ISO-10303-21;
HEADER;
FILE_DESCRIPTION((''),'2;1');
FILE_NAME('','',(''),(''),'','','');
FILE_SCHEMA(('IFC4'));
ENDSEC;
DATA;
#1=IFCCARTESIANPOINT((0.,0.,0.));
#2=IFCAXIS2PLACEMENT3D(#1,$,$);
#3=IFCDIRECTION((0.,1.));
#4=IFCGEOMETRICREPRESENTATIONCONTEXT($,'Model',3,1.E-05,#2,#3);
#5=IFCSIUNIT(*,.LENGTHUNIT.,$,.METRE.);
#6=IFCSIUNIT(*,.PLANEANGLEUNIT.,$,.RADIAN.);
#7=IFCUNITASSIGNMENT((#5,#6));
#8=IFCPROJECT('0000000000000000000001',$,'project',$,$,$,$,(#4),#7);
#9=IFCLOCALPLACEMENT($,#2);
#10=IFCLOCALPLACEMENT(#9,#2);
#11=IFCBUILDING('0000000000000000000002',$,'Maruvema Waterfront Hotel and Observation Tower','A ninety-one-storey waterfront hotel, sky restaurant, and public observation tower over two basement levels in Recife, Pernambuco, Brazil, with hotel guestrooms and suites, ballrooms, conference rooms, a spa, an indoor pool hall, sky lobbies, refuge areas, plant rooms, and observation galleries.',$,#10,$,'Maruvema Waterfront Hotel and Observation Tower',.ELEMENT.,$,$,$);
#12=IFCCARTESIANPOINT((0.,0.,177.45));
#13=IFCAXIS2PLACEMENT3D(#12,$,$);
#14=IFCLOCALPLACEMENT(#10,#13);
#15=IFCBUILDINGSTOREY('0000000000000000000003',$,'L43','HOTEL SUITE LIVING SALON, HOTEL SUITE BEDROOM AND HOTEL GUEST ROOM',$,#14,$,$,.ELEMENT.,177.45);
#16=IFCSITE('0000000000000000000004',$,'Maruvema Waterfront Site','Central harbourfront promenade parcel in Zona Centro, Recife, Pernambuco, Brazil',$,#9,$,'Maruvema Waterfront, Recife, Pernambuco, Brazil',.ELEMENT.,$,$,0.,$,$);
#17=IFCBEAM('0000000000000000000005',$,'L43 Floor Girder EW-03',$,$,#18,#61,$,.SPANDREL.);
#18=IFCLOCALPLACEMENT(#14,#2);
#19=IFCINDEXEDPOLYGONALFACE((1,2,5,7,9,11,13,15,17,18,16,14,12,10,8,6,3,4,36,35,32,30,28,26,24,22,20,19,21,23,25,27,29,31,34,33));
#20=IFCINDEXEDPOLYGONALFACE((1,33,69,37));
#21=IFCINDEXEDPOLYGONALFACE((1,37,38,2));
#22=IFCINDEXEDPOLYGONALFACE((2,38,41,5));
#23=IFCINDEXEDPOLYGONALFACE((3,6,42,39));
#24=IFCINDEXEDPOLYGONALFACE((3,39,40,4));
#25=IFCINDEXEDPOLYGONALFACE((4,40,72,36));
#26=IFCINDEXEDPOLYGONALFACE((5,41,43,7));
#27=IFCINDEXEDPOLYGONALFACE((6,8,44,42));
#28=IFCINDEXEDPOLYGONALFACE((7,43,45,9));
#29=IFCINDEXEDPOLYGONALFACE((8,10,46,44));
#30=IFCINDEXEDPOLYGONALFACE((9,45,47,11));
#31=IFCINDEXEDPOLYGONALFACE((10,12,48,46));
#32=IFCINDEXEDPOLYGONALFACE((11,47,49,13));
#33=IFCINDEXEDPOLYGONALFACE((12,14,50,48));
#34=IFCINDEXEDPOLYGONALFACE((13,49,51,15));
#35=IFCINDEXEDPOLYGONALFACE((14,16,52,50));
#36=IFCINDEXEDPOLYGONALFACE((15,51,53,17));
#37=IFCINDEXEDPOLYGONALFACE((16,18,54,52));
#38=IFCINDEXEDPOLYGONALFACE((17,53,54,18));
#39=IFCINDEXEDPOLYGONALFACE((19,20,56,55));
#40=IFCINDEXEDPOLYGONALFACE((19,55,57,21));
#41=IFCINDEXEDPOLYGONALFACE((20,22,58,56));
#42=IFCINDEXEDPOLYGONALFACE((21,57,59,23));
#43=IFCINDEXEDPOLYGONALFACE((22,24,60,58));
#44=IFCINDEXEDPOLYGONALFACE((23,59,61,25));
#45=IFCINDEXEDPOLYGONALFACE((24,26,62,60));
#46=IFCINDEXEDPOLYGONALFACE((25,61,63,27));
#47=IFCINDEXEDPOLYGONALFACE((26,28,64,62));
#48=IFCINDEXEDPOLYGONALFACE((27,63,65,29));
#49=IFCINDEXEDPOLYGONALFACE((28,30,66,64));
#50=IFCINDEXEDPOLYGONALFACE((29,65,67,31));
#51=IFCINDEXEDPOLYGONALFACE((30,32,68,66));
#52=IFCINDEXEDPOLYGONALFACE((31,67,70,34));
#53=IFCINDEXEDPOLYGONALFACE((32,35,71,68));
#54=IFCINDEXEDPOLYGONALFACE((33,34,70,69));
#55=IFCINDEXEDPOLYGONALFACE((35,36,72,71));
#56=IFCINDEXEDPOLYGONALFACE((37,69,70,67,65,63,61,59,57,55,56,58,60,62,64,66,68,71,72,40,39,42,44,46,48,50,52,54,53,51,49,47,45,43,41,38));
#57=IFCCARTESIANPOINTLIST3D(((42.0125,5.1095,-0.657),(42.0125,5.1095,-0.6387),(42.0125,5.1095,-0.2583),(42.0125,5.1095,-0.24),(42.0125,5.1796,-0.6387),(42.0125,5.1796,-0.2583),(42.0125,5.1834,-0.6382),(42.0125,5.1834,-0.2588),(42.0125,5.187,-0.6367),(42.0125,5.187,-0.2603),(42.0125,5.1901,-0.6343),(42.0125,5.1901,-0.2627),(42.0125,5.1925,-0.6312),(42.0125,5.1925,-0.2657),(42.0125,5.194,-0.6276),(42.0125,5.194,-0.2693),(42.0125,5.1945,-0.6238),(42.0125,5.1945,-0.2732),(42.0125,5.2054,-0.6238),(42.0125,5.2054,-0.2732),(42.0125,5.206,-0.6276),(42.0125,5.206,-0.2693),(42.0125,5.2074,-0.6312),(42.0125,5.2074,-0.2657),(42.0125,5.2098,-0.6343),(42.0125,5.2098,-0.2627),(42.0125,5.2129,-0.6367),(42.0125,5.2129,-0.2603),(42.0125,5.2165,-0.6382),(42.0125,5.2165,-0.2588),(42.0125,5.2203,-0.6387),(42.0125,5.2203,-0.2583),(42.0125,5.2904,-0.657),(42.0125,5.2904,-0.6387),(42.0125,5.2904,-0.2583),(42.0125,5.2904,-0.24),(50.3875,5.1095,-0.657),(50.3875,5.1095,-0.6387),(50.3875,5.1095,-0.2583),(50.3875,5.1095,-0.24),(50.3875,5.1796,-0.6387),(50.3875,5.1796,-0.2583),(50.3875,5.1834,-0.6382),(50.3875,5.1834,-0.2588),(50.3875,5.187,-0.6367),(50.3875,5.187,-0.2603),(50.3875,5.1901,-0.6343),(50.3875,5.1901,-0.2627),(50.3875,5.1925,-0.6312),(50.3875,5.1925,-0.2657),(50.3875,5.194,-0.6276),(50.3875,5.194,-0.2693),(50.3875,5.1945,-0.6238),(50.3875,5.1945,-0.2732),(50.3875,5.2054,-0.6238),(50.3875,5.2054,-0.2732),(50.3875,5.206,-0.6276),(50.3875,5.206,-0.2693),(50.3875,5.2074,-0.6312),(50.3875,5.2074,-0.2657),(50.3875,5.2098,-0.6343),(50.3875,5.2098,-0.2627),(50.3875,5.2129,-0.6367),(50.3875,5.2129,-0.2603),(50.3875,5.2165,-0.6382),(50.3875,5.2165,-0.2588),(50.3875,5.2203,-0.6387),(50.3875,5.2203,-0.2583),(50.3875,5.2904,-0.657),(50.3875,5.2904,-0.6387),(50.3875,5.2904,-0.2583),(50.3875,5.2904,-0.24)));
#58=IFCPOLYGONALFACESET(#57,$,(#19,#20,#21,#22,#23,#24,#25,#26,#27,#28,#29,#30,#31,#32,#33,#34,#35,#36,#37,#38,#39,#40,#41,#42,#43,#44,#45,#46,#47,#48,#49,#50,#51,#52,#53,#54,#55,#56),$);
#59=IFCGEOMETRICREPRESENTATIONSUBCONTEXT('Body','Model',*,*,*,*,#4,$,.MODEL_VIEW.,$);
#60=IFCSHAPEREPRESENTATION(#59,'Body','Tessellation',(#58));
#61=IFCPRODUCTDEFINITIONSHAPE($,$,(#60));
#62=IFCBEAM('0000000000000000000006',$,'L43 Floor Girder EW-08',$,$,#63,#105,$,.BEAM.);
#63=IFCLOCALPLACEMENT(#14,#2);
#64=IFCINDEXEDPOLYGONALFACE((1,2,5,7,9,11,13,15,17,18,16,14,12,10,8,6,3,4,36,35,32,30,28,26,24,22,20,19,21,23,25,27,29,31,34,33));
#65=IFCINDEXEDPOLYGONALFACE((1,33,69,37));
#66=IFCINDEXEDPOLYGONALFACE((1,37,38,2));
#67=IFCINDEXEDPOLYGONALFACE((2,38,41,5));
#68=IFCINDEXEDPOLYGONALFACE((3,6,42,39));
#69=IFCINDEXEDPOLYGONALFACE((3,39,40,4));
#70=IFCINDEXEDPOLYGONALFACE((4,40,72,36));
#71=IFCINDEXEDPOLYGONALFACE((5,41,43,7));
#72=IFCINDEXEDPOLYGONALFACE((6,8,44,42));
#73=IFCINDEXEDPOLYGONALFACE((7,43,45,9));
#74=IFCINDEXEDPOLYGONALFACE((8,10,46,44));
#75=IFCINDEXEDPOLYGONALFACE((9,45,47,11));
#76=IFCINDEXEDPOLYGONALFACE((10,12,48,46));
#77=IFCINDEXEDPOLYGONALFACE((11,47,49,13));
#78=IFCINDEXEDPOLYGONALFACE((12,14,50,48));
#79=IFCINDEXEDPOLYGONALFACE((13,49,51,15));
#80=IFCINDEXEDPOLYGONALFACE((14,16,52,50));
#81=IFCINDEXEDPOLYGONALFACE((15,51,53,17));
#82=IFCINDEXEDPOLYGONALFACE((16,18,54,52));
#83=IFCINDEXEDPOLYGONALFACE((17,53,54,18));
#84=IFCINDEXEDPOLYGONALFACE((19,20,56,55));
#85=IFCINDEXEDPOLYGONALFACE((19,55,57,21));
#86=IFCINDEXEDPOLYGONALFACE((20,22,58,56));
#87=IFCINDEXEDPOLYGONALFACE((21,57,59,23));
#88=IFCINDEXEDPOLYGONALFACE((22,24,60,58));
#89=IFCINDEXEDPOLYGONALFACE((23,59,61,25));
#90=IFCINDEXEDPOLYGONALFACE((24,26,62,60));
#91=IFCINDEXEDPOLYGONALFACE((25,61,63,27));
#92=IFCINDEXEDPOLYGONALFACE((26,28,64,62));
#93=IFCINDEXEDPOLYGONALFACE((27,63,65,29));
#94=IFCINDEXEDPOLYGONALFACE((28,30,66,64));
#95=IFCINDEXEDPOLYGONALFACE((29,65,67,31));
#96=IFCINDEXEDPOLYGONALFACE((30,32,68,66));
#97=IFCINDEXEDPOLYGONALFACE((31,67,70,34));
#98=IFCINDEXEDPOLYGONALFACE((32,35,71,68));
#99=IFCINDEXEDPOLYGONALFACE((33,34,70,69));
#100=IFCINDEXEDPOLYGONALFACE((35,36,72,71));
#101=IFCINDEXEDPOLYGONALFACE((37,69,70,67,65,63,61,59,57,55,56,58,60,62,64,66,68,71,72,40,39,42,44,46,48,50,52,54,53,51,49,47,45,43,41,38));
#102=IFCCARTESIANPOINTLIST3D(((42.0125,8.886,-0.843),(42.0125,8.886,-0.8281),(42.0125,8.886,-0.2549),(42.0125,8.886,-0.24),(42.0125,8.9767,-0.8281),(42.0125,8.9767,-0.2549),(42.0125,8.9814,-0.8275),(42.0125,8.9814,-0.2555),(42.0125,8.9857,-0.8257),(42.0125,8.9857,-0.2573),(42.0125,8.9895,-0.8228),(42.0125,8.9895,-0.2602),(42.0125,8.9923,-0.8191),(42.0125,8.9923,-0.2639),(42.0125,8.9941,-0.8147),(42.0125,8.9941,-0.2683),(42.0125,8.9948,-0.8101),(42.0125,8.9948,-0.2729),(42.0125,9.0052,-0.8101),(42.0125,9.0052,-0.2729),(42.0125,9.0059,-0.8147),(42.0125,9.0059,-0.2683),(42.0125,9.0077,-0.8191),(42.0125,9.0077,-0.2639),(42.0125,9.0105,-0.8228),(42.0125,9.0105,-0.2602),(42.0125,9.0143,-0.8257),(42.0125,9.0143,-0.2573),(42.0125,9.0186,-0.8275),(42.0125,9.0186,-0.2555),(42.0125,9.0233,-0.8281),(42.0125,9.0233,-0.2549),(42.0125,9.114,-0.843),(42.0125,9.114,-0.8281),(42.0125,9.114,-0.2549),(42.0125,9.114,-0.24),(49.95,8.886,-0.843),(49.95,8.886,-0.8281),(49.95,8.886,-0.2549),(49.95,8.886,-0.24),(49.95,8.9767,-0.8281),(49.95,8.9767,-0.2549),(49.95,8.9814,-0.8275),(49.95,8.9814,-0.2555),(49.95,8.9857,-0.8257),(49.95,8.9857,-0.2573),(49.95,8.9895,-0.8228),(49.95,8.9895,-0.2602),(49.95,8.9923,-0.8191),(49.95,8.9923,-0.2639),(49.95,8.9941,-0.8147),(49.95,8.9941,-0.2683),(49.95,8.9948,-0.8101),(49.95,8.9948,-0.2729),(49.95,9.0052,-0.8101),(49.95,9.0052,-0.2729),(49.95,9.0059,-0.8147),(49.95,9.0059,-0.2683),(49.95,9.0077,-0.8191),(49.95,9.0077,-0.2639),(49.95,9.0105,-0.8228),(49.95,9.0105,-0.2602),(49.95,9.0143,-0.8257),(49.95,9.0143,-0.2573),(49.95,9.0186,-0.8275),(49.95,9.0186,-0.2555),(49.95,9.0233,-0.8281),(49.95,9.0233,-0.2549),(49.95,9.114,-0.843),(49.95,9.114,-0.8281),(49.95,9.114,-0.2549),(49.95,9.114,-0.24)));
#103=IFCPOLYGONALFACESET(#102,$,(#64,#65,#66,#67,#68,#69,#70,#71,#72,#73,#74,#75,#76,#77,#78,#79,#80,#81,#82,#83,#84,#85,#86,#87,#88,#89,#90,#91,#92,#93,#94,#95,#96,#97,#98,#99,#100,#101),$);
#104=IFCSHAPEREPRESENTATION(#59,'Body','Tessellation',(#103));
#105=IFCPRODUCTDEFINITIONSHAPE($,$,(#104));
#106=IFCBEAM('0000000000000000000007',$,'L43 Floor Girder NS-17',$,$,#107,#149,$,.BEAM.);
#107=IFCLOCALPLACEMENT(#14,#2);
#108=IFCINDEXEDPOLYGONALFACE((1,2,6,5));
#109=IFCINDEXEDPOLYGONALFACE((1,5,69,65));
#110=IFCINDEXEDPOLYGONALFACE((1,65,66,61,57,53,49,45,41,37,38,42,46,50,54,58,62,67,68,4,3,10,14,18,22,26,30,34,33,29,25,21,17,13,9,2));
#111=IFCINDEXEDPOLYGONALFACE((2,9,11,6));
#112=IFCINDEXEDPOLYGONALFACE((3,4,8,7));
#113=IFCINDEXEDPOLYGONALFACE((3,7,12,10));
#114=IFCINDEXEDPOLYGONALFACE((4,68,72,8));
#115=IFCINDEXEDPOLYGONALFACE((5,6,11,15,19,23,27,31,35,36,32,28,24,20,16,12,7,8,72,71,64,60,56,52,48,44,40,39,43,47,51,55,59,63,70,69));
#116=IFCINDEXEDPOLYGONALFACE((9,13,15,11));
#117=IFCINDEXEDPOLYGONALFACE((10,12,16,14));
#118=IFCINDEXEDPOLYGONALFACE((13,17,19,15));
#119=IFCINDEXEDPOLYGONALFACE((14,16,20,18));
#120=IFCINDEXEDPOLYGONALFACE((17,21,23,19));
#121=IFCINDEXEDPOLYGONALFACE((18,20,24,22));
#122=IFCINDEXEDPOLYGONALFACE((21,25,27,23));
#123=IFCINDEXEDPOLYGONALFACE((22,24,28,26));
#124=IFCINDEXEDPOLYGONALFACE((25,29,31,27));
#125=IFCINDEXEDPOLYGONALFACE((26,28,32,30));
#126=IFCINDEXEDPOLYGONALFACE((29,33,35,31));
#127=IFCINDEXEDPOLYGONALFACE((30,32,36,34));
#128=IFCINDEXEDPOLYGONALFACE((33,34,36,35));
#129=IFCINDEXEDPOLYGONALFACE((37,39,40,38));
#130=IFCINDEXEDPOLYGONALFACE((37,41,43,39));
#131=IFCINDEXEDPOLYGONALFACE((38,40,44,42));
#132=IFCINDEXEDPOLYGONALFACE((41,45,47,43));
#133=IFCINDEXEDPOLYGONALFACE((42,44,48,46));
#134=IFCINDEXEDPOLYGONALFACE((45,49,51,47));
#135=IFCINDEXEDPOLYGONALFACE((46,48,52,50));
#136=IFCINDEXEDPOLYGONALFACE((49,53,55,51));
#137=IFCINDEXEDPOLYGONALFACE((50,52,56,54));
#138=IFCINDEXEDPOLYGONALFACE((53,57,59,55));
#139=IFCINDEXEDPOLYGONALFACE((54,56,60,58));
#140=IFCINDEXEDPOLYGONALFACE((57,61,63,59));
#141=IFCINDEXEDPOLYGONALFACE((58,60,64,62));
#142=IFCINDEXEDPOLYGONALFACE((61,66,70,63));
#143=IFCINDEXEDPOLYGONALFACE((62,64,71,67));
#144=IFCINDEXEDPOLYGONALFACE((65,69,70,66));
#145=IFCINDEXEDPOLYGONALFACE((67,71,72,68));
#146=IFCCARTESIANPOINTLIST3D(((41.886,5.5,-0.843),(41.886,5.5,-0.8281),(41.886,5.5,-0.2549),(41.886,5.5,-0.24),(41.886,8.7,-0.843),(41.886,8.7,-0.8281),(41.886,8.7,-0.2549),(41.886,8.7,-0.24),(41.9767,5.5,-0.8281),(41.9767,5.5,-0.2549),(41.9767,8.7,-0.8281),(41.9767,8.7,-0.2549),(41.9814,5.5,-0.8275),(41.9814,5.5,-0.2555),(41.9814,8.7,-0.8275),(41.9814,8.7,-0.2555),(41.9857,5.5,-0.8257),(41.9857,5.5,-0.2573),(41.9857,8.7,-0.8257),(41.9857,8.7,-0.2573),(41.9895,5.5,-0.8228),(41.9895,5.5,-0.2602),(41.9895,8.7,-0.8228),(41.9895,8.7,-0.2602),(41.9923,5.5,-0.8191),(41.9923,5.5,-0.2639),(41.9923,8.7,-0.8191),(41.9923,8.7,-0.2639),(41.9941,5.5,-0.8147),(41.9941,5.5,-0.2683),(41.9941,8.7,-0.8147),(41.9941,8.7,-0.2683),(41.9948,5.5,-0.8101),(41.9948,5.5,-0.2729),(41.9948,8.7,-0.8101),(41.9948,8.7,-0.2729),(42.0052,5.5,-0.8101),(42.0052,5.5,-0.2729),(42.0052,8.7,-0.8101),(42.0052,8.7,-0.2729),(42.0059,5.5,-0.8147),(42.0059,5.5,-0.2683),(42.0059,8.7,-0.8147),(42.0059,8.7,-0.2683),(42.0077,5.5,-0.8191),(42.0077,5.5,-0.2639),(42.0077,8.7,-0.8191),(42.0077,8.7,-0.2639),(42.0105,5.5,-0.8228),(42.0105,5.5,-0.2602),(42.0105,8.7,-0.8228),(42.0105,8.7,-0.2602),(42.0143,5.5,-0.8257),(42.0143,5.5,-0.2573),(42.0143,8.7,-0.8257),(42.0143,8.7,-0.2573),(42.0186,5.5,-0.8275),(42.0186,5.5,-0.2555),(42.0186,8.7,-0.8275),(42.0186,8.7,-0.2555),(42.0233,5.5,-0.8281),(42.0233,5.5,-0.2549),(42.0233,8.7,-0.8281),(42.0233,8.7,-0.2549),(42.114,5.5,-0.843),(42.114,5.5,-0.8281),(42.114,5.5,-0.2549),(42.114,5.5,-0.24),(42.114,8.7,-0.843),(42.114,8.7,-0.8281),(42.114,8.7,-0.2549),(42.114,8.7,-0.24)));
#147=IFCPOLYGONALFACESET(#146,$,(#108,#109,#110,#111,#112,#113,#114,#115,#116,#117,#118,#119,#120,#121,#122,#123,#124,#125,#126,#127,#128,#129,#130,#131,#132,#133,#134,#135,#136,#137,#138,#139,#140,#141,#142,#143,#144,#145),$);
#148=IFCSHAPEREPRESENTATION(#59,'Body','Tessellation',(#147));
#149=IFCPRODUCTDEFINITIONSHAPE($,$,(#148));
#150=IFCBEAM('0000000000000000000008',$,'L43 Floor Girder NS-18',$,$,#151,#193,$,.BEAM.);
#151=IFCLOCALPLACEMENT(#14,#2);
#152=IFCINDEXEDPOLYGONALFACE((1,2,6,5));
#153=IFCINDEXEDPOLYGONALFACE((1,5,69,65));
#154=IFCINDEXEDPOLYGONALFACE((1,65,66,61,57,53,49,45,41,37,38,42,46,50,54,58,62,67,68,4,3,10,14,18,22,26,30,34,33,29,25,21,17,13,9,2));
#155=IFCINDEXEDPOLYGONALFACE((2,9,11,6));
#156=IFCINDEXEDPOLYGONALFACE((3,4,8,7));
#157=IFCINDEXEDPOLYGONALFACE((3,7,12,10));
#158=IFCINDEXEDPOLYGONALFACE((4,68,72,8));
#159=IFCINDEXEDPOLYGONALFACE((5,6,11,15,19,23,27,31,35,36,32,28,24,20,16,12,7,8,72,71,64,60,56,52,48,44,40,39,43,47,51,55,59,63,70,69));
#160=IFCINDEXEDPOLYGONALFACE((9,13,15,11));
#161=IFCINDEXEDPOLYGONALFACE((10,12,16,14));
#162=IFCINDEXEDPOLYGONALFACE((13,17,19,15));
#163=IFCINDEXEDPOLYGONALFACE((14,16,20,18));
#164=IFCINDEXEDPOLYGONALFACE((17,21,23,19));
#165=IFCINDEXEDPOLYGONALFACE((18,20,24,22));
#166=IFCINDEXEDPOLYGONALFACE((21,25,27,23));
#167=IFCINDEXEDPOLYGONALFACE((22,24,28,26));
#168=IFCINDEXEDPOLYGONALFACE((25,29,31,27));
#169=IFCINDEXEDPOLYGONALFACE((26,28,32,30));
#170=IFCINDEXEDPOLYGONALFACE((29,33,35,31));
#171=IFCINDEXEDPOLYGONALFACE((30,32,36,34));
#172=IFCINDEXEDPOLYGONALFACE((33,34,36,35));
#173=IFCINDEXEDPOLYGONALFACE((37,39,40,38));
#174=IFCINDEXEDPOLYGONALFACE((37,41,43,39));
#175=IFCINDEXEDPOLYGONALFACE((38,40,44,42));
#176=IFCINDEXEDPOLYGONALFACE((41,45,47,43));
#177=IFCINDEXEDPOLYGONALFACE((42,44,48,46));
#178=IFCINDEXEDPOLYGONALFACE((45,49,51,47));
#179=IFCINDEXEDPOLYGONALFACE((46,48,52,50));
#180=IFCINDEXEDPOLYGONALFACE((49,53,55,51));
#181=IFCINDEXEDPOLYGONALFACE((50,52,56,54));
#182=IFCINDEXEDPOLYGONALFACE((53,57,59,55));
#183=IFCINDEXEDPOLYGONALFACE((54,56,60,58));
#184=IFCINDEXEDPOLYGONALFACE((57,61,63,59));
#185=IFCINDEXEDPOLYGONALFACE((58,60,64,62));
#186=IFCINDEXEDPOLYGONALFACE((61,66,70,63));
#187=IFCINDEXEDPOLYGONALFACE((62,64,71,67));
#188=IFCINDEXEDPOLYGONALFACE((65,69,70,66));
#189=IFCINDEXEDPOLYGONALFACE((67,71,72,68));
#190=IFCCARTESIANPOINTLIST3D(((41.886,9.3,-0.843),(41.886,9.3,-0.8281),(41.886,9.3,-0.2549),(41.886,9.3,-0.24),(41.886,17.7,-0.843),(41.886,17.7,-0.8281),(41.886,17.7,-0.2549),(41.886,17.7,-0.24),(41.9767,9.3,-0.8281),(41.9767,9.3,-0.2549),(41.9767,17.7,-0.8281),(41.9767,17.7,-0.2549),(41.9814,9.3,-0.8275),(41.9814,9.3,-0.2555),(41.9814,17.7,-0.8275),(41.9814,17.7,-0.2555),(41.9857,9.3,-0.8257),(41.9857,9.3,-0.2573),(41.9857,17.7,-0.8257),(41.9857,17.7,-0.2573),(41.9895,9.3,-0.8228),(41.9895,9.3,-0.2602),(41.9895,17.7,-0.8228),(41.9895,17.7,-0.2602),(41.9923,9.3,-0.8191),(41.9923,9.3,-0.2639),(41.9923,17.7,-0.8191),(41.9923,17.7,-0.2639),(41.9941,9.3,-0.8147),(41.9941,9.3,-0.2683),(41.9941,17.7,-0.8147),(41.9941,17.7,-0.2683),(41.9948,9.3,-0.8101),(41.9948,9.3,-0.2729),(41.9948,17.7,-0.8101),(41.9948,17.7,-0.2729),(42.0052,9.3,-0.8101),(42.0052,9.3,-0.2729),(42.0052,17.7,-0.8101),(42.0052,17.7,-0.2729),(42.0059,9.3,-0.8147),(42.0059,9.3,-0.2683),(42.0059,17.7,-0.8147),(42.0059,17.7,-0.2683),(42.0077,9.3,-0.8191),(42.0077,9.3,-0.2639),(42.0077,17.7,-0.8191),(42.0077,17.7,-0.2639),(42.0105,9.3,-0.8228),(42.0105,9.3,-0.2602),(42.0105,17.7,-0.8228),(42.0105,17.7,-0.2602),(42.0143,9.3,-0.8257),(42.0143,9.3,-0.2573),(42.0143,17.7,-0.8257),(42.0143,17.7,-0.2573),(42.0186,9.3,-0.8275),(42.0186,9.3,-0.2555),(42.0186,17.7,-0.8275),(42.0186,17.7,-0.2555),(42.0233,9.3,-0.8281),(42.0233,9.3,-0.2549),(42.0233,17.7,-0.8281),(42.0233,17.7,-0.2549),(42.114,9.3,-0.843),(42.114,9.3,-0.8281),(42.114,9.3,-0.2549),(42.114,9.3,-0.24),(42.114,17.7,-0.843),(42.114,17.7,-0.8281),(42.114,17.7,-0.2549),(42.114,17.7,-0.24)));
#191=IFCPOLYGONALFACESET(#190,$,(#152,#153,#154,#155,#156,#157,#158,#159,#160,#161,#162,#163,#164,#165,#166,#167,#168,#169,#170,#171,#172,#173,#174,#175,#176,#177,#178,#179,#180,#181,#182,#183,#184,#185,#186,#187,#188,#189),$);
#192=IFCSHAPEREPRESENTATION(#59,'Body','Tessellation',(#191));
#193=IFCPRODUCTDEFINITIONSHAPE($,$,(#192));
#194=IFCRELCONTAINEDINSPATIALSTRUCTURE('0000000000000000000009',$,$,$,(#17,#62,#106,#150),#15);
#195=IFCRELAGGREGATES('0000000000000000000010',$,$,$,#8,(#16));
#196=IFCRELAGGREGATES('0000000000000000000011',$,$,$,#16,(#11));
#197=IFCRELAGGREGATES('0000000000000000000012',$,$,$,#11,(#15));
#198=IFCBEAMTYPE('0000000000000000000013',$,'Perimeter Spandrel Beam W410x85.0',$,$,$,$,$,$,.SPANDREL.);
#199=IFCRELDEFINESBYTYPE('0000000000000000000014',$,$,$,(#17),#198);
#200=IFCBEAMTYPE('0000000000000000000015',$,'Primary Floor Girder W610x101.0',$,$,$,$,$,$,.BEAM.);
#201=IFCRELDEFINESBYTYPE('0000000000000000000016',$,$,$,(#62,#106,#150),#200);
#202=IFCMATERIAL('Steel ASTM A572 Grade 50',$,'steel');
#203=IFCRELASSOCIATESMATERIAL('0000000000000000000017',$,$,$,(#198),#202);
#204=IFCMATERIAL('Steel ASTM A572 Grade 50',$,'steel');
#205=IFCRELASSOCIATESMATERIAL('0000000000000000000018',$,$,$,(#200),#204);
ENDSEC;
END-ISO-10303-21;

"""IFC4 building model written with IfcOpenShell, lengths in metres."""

from ifc_helpers import new_model, si_unit, direction, frame, origin, origin_2d, place, context, subcontext, project, spatial, i_section, extrude, material, material_profile, profile_set, type_object, element, save


model = new_model("IFC4")

# Units and contexts
model_context = context("Model", 3, precision=1e-05, world=origin(), true_north=direction((0.0, 1.0)))
body_context = subcontext(model_context, "Body", "Model", "MODEL_VIEW")
ifc_project = project(units=[si_unit("LENGTHUNIT", "METRE"), si_unit("PLANEANGLEUNIT", "RADIAN")], contexts=[model_context])

# Site, building, storey
site_placement = place(None, origin())
site = spatial("IfcSite", under=ifc_project, at=site_placement, Name="Maruvema Waterfront Site", Description="Central harbourfront promenade parcel in Zona Centro, Recife, Pernambuco, Brazil", LongName="Maruvema Waterfront, Recife, Pernambuco, Brazil", CompositionType="ELEMENT", RefElevation=0.0)
building_placement = place(site_placement, origin())
building = spatial("IfcBuilding", under=site, at=building_placement, Name="Maruvema Waterfront Hotel and Observation Tower", Description="A ninety-one-storey waterfront hotel, sky restaurant, and public observation tower over two basement levels in Recife, Pernambuco, Brazil, with hotel guestrooms and suites, ballrooms, conference rooms, a spa, an indoor pool hall, sky lobbies, refuge areas, plant rooms, and observation galleries.", LongName="Maruvema Waterfront Hotel and Observation Tower", CompositionType="ELEMENT")
storey_placement = place(building_placement, frame((0.0, 0.0, 177.45)))
storey = spatial("IfcBuildingStorey", under=building, at=storey_placement, Name="L43", Description="HOTEL SUITE LIVING SALON, HOTEL SUITE BEDROOM AND HOTEL GUEST ROOM", CompositionType="ELEMENT", Elevation=177.45)

# Beams
ifc_material_1 = material(Name="Steel ASTM A572 Grade 50", Category="steel")
ifc_material_profile_1 = material_profile(ifc_material_1, i_section(OverallWidth=0.1809, OverallDepth=0.417, WebThickness=0.011, FlangeThickness=0.0183, FilletRadius=0.0149, at=origin_2d()), Name="W410x85.0")
ifc_profile_set_1 = profile_set([ifc_material_profile_1], Name="Steel ASTM A572 Grade 50")
beam_type_1 = type_object("IfcBeamType", Name="Perimeter Spandrel Beam W410x85.0", PredefinedType="SPANDREL", material=ifc_profile_set_1)
beam_1_placement = place(storey_placement, frame((42.0125, 5.2, -0.4485), z_axis=(1.0, 0.0, 0.0), x_axis=(0.0, 1.0, 0.0)))
element("IfcBeam", 1, at=beam_1_placement, inside=storey, type_object=beam_type_1, Name="L43 Floor Girder EW-03", PredefinedType="SPANDREL", context=body_context, shape_type="SweptSolid", body=[
    extrude(i_section(OverallWidth=0.1809, OverallDepth=0.417, WebThickness=0.011, FlangeThickness=0.0183, FilletRadius=0.0149, at=origin_2d()), origin(), (0.0, 0.0, 1.0), 8.375),
])
ifc_material_2 = material(Name="Steel ASTM A572 Grade 50", Category="steel")
ifc_material_profile_2 = material_profile(ifc_material_2, i_section(OverallWidth=0.228, OverallDepth=0.603, WebThickness=0.0105, FlangeThickness=0.0149, FilletRadius=0.0181, at=origin_2d()), Name="W610x101.0")
ifc_profile_set_2 = profile_set([ifc_material_profile_2], Name="Steel ASTM A572 Grade 50")
beam_type_2 = type_object("IfcBeamType", Name="Primary Floor Girder W610x101.0", PredefinedType="BEAM", material=ifc_profile_set_2)
beam_2_placement = place(storey_placement, frame((42.0125, 9.0, -0.5415), z_axis=(1.0, 0.0, 0.0), x_axis=(0.0, 1.0, 0.0)))
element("IfcBeam", 2, at=beam_2_placement, inside=storey, type_object=beam_type_2, Name="L43 Floor Girder EW-08", PredefinedType="BEAM", context=body_context, shape_type="SweptSolid", body=[
    extrude(i_section(OverallWidth=0.228, OverallDepth=0.603, WebThickness=0.0105, FlangeThickness=0.0149, FilletRadius=0.0181, at=origin_2d()), origin(), (0.0, 0.0, 1.0), 7.9375),
])
beam_3_placement = place(storey_placement, frame((42.0, 5.5, -0.5415), z_axis=(0.0, 1.0, 0.0), x_axis=(-1.0, 0.0, 0.0)))
element("IfcBeam", 3, at=beam_3_placement, inside=storey, type_object=beam_type_2, Name="L43 Floor Girder NS-17", PredefinedType="BEAM", context=body_context, shape_type="SweptSolid", body=[
    extrude(i_section(OverallWidth=0.228, OverallDepth=0.603, WebThickness=0.0105, FlangeThickness=0.0149, FilletRadius=0.0181, at=origin_2d()), origin(), (0.0, 0.0, 1.0), 3.2),
])
beam_4_placement = place(storey_placement, frame((42.0, 9.3, -0.5415), z_axis=(0.0, 1.0, 0.0), x_axis=(-1.0, 0.0, 0.0)))
element("IfcBeam", 4, at=beam_4_placement, inside=storey, type_object=beam_type_2, Name="L43 Floor Girder NS-18", PredefinedType="BEAM", context=body_context, shape_type="SweptSolid", body=[
    extrude(i_section(OverallWidth=0.228, OverallDepth=0.603, WebThickness=0.0105, FlangeThickness=0.0149, FilletRadius=0.0181, at=origin_2d()), origin(), (0.0, 0.0, 1.0), 8.3999),
])

save(model, "model.ifc")
